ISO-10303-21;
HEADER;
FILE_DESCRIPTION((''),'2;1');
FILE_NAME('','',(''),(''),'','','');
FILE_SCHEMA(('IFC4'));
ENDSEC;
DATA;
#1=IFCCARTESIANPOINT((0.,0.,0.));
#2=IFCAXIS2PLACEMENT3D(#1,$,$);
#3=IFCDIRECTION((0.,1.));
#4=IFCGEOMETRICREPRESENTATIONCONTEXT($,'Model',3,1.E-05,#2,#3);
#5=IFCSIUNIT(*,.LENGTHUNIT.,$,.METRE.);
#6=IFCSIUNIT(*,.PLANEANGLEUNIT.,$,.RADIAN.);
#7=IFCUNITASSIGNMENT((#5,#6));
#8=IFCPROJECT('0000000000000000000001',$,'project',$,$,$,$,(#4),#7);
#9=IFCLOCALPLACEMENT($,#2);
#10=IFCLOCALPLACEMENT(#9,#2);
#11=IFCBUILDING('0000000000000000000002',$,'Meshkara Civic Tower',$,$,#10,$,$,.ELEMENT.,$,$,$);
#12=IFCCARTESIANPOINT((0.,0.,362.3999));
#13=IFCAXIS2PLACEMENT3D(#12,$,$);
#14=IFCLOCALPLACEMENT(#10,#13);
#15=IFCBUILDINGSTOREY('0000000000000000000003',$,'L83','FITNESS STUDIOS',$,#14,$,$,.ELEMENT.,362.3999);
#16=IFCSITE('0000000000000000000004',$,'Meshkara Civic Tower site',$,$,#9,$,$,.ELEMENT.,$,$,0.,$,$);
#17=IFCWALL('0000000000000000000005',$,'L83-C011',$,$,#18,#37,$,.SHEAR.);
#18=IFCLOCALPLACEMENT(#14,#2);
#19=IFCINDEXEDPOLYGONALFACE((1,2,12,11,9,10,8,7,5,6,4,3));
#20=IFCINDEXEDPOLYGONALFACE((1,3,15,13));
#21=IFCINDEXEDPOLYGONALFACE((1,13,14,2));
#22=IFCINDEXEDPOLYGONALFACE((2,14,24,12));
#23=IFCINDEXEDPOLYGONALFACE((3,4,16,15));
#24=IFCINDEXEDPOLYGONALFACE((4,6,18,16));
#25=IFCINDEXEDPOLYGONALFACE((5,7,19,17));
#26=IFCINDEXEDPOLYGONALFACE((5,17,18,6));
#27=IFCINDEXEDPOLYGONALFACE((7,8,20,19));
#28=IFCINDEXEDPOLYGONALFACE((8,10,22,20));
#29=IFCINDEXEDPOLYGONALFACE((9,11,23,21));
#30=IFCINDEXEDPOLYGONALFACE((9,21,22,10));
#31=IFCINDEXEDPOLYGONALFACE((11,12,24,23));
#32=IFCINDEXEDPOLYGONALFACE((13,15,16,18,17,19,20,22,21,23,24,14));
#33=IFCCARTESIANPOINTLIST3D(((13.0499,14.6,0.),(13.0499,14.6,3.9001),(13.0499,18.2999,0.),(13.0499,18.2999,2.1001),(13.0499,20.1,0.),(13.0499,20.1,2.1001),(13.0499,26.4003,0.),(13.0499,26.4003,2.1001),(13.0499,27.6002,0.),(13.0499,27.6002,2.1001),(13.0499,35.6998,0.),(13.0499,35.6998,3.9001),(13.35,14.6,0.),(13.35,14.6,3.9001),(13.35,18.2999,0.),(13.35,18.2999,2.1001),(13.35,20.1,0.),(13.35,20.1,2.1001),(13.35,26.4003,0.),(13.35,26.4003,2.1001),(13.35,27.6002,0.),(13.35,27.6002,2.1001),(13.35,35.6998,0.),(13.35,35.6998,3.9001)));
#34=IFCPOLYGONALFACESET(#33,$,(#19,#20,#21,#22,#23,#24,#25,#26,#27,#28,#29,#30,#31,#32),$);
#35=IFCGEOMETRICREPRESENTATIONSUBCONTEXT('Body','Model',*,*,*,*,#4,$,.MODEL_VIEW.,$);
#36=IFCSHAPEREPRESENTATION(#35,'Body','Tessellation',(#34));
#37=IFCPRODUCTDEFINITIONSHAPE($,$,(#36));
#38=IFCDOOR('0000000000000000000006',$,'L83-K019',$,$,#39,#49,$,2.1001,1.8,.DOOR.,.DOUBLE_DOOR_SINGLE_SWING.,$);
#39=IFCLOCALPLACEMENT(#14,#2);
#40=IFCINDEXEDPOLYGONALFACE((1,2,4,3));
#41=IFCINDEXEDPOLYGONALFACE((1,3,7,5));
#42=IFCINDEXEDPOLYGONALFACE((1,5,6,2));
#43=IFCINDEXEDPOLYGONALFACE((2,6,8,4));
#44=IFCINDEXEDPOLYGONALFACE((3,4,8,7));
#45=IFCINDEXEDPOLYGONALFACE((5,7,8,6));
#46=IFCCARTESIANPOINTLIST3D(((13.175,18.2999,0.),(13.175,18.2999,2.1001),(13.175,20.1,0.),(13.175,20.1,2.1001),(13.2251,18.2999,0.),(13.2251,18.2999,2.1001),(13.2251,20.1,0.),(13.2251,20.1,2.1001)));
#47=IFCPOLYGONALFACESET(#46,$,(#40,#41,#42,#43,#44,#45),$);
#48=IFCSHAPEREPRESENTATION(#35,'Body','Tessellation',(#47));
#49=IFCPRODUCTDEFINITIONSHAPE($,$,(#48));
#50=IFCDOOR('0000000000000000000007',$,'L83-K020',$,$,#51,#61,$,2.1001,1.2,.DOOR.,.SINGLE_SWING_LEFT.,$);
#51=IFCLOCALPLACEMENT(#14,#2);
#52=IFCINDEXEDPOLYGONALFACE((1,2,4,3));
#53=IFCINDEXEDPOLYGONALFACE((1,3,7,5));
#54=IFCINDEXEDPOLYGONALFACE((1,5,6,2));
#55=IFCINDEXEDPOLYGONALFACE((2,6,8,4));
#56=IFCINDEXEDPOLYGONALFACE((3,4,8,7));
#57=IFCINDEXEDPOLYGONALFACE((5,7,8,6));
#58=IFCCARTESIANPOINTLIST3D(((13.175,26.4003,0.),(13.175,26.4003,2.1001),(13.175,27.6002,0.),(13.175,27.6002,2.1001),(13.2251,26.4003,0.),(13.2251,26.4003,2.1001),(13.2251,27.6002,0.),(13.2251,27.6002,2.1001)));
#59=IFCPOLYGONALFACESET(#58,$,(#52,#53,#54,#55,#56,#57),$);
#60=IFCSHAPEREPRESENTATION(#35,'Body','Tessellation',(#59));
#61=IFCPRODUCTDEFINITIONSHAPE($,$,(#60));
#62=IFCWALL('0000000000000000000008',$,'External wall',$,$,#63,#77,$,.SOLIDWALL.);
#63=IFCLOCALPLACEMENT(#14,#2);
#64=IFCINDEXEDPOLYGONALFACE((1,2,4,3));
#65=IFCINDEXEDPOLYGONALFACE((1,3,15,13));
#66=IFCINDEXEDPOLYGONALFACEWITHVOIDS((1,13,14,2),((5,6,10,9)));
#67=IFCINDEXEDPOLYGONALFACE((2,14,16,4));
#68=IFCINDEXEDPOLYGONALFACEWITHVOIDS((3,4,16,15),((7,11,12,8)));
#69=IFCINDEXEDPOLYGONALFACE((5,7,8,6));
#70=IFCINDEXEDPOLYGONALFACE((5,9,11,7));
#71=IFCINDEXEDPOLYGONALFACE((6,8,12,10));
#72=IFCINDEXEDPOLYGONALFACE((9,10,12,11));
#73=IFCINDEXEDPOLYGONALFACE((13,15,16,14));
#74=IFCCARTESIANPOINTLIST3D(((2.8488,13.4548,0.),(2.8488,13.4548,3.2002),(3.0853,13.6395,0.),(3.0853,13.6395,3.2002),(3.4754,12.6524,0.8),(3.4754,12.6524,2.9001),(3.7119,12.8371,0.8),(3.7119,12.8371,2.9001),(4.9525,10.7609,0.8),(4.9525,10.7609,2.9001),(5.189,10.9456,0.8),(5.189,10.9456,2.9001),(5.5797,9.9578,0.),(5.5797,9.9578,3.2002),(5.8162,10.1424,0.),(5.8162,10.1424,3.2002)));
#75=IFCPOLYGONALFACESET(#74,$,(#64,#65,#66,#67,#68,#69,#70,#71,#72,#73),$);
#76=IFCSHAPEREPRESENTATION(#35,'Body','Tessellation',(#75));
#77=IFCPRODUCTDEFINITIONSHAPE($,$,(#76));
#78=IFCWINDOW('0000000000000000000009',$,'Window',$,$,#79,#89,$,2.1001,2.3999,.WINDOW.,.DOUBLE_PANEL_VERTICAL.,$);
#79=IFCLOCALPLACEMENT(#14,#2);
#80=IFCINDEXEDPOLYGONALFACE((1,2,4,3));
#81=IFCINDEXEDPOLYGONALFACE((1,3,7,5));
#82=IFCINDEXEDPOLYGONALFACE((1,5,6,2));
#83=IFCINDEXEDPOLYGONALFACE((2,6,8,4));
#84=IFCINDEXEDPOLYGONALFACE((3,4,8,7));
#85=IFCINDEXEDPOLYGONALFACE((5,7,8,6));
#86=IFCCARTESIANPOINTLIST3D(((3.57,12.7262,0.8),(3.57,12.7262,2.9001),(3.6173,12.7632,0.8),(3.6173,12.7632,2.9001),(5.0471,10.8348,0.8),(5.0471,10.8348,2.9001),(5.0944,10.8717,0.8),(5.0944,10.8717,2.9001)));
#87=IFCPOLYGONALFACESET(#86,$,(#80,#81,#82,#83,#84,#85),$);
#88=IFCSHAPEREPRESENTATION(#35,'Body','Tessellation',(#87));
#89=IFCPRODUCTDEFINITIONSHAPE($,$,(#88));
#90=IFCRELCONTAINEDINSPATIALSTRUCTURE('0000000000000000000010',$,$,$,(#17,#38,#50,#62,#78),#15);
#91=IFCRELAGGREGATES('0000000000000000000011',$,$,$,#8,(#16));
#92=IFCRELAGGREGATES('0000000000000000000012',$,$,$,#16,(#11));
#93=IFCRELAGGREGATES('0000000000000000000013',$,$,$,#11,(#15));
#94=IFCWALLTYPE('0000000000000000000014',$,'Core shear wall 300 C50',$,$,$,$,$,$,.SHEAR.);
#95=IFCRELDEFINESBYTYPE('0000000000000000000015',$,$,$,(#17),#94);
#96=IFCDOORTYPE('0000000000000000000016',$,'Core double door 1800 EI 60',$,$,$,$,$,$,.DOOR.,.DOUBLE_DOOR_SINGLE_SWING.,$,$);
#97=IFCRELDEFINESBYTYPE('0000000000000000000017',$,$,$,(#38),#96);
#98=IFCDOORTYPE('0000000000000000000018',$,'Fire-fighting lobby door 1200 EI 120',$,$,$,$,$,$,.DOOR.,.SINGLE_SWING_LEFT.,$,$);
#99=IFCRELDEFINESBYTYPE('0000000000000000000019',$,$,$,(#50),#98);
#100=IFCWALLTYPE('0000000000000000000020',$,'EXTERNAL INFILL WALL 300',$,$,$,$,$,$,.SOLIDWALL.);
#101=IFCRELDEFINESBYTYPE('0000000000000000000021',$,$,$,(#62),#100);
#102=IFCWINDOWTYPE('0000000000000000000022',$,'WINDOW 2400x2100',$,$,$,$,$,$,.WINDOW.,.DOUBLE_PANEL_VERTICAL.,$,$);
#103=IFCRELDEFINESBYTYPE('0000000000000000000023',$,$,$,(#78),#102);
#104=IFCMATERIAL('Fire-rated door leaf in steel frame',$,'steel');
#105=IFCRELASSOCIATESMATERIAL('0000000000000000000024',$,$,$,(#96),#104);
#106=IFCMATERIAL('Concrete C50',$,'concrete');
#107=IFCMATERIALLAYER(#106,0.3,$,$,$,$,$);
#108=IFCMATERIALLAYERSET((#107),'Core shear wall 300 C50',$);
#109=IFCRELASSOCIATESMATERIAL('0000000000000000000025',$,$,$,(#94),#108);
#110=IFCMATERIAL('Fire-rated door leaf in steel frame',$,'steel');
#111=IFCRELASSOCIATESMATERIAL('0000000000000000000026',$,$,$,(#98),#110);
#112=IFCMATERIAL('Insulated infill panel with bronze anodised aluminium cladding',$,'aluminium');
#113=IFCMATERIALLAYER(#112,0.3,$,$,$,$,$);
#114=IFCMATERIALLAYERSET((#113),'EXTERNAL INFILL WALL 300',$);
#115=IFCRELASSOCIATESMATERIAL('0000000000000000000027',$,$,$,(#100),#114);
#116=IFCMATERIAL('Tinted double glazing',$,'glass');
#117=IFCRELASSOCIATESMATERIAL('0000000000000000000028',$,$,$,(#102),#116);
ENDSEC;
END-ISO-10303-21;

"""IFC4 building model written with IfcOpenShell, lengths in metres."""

from ifc_helpers import new_model, si_unit, direction, frame, frame_2d, origin, place, context, subcontext, project, spatial, rectangle, extrude, material, layer, layer_set, type_object, element, fill, save


model = new_model("IFC4")

# Units and contexts
model_context = context("Model", 3, precision=1e-05, world=origin(), true_north=direction((0.0, 1.0)))
body_context = subcontext(model_context, "Body", "Model", "MODEL_VIEW")
ifc_project = project(units=[si_unit("LENGTHUNIT", "METRE"), si_unit("PLANEANGLEUNIT", "RADIAN")], contexts=[model_context])

# Site, building, storey
site_placement = place(None, origin())
site = spatial("IfcSite", under=ifc_project, at=site_placement, Name="Meshkara Civic Tower site", CompositionType="ELEMENT", RefElevation=0.0)
building_placement = place(site_placement, origin())
building = spatial("IfcBuilding", under=site, at=building_placement, Name="Meshkara Civic Tower", CompositionType="ELEMENT")
storey_placement = place(building_placement, frame((0.0, 0.0, 362.3999)))
storey = spatial("IfcBuildingStorey", under=building, at=storey_placement, Name="L83", Description="FITNESS STUDIOS", CompositionType="ELEMENT", Elevation=362.3999)

# Shared definitions
ifc_material_1 = material(Name="Fire-rated door leaf in steel frame", Category="steel")
door_type_1 = type_object("IfcDoorType", Name="Core double door 1800 EI 60", OperationType="DOUBLE_DOOR_SINGLE_SWING", PredefinedType="DOOR", material=ifc_material_1)

# Wall, openings, doors
ifc_material_2 = material(Name="Concrete C50", Category="concrete")
ifc_layer_1 = layer(ifc_material_2, 0.3)
ifc_layer_set_1 = layer_set([ifc_layer_1], Name="Core shear wall 300 C50")
wall_type_1 = type_object("IfcWallType", Name="Core shear wall 300 C50", PredefinedType="SHEAR", material=ifc_layer_set_1)
wall_1_placement = place(storey_placement, frame((13.2, 14.6001, 0.0), z_axis=(0.0, 0.0, 1.0), x_axis=(0.0, 1.0, 0.0)))
wall_1 = element("IfcWall", 1, at=wall_1_placement, inside=storey, type_object=wall_type_1, Name="L83-C011", PredefinedType="SHEAR", context=body_context, shape_type="SweptSolid", body=[
    extrude(rectangle(XDim=21.0999, YDim=0.3, at=frame_2d((10.5498, 0.0))), origin(), (0.0, 0.0, 1.0), 3.9001),
])
opening_1_placement = place(wall_1_placement, frame((3.7, 0.0, 0.0)))
opening_1 = element("IfcOpeningElement", 2, at=opening_1_placement, cuts=wall_1, PredefinedType="OPENING", context=body_context, shape_type="SweptSolid", body=[
    extrude(rectangle(XDim=1.8, YDim=2.1001, at=frame_2d((0.8999, 1.05))), frame((0.0, 0.1599, 0.0), z_axis=(0.0, -1.0, 0.0), x_axis=(1.0, 0.0, 0.0)), (0.0, 0.0, 1.0), 0.3201),
])
opening_2_placement = place(wall_1_placement, frame((11.8, 0.0, 0.0)))
opening_2 = element("IfcOpeningElement", 3, at=opening_2_placement, cuts=wall_1, PredefinedType="OPENING", context=body_context, shape_type="SweptSolid", body=[
    extrude(rectangle(XDim=1.2, YDim=2.1001, at=frame_2d((0.6001, 1.05))), frame((0.0, 0.1599, 0.0), z_axis=(0.0, -1.0, 0.0), x_axis=(1.0, 0.0, 0.0)), (0.0, 0.0, 1.0), 0.3201),
])
door_1_placement = place(opening_1_placement, origin())
door_1 = element("IfcDoor", 4, at=door_1_placement, inside=storey, type_object=door_type_1, Name="L83-K019", OperationType="DOUBLE_DOOR_SINGLE_SWING", OverallHeight=2.1001, OverallWidth=1.8, PredefinedType="DOOR", context=body_context, shape_type="SweptSolid", body=[
    extrude(rectangle(XDim=1.8, YDim=2.1001, at=frame_2d((0.8999, 1.05))), frame((0.0, 0.0249, 0.0), z_axis=(0.0, -1.0, 0.0), x_axis=(1.0, 0.0, 0.0)), (0.0, 0.0, 1.0), 0.05),
])
fill(opening_1, door_1)
ifc_material_3 = material(Name="Fire-rated door leaf in steel frame", Category="steel")
door_type_2 = type_object("IfcDoorType", Name="Fire-fighting lobby door 1200 EI 120", OperationType="SINGLE_SWING_LEFT", PredefinedType="DOOR", material=ifc_material_3)
door_2_placement = place(opening_2_placement, origin())
door_2 = element("IfcDoor", 5, at=door_2_placement, inside=storey, type_object=door_type_2, Name="L83-K020", OperationType="SINGLE_SWING_LEFT", OverallHeight=2.1001, OverallWidth=1.2, PredefinedType="DOOR", context=body_context, shape_type="SweptSolid", body=[
    extrude(rectangle(XDim=1.2, YDim=2.1001, at=frame_2d((0.6001, 1.05))), frame((0.0, 0.0249, 0.0), z_axis=(0.0, -1.0, 0.0), x_axis=(1.0, 0.0, 0.0)), (0.0, 0.0, 1.0), 0.05),
])
fill(opening_2, door_2)

# Wall, opening, window
ifc_material_4 = material(Name="Insulated infill panel with bronze anodised aluminium cladding", Category="aluminium")
ifc_layer_2 = layer(ifc_material_4, 0.3)
ifc_layer_set_2 = layer_set([ifc_layer_2], Name="EXTERNAL INFILL WALL 300")
wall_type_2 = type_object("IfcWallType", Name="EXTERNAL INFILL WALL 300", PredefinedType="SOLIDWALL", material=ifc_layer_set_2)
wall_2_placement = place(storey_placement, frame((2.967, 13.5471, 0.0), z_axis=(0.0, 0.0, 1.0), x_axis=(0.615486, -0.788148, 0.0)))
wall_2 = element("IfcWall", 6, at=wall_2_placement, inside=storey, type_object=wall_type_2, Name="External wall", PredefinedType="SOLIDWALL", context=body_context, shape_type="SweptSolid", body=[
    extrude(rectangle(XDim=4.437, YDim=0.3, at=frame_2d((2.2185, 0.0))), origin(), (0.0, 0.0, 1.0), 3.2002),
])
opening_3_placement = place(wall_2_placement, frame((1.0181, 0.0, 0.8)))
opening_3 = element("IfcOpeningElement", 7, at=opening_3_placement, cuts=wall_2, PredefinedType="OPENING", context=body_context, shape_type="SweptSolid", body=[
    extrude(rectangle(XDim=2.3999, YDim=2.1001, at=frame_2d((1.2, 1.05))), frame((0.0, 0.1599, 0.0), z_axis=(0.0, -1.0, 0.0), x_axis=(1.0, 0.0, 0.0)), (0.0, 0.0, 1.0), 0.3201),
])
ifc_material_5 = material(Name="Tinted double glazing", Category="glass")
window_type = type_object("IfcWindowType", Name="WINDOW 2400x2100", PartitioningType="DOUBLE_PANEL_VERTICAL", PredefinedType="WINDOW", material=ifc_material_5)
window_placement = place(opening_3_placement, origin())
window = element("IfcWindow", 8, at=window_placement, inside=storey, type_object=window_type, Name="Window", OverallHeight=2.1001, OverallWidth=2.3999, PartitioningType="DOUBLE_PANEL_VERTICAL", PredefinedType="WINDOW", context=body_context, shape_type="SweptSolid", body=[
    extrude(rectangle(XDim=2.3999, YDim=2.1001, at=frame_2d((1.2, 1.05))), frame((0.0, 0.03, 0.0), z_axis=(0.0, -1.0, 0.0), x_axis=(1.0, 0.0, 0.0)), (0.0, 0.0, 1.0), 0.0601),
])
fill(opening_3, window)

save(model, "model.ifc")
